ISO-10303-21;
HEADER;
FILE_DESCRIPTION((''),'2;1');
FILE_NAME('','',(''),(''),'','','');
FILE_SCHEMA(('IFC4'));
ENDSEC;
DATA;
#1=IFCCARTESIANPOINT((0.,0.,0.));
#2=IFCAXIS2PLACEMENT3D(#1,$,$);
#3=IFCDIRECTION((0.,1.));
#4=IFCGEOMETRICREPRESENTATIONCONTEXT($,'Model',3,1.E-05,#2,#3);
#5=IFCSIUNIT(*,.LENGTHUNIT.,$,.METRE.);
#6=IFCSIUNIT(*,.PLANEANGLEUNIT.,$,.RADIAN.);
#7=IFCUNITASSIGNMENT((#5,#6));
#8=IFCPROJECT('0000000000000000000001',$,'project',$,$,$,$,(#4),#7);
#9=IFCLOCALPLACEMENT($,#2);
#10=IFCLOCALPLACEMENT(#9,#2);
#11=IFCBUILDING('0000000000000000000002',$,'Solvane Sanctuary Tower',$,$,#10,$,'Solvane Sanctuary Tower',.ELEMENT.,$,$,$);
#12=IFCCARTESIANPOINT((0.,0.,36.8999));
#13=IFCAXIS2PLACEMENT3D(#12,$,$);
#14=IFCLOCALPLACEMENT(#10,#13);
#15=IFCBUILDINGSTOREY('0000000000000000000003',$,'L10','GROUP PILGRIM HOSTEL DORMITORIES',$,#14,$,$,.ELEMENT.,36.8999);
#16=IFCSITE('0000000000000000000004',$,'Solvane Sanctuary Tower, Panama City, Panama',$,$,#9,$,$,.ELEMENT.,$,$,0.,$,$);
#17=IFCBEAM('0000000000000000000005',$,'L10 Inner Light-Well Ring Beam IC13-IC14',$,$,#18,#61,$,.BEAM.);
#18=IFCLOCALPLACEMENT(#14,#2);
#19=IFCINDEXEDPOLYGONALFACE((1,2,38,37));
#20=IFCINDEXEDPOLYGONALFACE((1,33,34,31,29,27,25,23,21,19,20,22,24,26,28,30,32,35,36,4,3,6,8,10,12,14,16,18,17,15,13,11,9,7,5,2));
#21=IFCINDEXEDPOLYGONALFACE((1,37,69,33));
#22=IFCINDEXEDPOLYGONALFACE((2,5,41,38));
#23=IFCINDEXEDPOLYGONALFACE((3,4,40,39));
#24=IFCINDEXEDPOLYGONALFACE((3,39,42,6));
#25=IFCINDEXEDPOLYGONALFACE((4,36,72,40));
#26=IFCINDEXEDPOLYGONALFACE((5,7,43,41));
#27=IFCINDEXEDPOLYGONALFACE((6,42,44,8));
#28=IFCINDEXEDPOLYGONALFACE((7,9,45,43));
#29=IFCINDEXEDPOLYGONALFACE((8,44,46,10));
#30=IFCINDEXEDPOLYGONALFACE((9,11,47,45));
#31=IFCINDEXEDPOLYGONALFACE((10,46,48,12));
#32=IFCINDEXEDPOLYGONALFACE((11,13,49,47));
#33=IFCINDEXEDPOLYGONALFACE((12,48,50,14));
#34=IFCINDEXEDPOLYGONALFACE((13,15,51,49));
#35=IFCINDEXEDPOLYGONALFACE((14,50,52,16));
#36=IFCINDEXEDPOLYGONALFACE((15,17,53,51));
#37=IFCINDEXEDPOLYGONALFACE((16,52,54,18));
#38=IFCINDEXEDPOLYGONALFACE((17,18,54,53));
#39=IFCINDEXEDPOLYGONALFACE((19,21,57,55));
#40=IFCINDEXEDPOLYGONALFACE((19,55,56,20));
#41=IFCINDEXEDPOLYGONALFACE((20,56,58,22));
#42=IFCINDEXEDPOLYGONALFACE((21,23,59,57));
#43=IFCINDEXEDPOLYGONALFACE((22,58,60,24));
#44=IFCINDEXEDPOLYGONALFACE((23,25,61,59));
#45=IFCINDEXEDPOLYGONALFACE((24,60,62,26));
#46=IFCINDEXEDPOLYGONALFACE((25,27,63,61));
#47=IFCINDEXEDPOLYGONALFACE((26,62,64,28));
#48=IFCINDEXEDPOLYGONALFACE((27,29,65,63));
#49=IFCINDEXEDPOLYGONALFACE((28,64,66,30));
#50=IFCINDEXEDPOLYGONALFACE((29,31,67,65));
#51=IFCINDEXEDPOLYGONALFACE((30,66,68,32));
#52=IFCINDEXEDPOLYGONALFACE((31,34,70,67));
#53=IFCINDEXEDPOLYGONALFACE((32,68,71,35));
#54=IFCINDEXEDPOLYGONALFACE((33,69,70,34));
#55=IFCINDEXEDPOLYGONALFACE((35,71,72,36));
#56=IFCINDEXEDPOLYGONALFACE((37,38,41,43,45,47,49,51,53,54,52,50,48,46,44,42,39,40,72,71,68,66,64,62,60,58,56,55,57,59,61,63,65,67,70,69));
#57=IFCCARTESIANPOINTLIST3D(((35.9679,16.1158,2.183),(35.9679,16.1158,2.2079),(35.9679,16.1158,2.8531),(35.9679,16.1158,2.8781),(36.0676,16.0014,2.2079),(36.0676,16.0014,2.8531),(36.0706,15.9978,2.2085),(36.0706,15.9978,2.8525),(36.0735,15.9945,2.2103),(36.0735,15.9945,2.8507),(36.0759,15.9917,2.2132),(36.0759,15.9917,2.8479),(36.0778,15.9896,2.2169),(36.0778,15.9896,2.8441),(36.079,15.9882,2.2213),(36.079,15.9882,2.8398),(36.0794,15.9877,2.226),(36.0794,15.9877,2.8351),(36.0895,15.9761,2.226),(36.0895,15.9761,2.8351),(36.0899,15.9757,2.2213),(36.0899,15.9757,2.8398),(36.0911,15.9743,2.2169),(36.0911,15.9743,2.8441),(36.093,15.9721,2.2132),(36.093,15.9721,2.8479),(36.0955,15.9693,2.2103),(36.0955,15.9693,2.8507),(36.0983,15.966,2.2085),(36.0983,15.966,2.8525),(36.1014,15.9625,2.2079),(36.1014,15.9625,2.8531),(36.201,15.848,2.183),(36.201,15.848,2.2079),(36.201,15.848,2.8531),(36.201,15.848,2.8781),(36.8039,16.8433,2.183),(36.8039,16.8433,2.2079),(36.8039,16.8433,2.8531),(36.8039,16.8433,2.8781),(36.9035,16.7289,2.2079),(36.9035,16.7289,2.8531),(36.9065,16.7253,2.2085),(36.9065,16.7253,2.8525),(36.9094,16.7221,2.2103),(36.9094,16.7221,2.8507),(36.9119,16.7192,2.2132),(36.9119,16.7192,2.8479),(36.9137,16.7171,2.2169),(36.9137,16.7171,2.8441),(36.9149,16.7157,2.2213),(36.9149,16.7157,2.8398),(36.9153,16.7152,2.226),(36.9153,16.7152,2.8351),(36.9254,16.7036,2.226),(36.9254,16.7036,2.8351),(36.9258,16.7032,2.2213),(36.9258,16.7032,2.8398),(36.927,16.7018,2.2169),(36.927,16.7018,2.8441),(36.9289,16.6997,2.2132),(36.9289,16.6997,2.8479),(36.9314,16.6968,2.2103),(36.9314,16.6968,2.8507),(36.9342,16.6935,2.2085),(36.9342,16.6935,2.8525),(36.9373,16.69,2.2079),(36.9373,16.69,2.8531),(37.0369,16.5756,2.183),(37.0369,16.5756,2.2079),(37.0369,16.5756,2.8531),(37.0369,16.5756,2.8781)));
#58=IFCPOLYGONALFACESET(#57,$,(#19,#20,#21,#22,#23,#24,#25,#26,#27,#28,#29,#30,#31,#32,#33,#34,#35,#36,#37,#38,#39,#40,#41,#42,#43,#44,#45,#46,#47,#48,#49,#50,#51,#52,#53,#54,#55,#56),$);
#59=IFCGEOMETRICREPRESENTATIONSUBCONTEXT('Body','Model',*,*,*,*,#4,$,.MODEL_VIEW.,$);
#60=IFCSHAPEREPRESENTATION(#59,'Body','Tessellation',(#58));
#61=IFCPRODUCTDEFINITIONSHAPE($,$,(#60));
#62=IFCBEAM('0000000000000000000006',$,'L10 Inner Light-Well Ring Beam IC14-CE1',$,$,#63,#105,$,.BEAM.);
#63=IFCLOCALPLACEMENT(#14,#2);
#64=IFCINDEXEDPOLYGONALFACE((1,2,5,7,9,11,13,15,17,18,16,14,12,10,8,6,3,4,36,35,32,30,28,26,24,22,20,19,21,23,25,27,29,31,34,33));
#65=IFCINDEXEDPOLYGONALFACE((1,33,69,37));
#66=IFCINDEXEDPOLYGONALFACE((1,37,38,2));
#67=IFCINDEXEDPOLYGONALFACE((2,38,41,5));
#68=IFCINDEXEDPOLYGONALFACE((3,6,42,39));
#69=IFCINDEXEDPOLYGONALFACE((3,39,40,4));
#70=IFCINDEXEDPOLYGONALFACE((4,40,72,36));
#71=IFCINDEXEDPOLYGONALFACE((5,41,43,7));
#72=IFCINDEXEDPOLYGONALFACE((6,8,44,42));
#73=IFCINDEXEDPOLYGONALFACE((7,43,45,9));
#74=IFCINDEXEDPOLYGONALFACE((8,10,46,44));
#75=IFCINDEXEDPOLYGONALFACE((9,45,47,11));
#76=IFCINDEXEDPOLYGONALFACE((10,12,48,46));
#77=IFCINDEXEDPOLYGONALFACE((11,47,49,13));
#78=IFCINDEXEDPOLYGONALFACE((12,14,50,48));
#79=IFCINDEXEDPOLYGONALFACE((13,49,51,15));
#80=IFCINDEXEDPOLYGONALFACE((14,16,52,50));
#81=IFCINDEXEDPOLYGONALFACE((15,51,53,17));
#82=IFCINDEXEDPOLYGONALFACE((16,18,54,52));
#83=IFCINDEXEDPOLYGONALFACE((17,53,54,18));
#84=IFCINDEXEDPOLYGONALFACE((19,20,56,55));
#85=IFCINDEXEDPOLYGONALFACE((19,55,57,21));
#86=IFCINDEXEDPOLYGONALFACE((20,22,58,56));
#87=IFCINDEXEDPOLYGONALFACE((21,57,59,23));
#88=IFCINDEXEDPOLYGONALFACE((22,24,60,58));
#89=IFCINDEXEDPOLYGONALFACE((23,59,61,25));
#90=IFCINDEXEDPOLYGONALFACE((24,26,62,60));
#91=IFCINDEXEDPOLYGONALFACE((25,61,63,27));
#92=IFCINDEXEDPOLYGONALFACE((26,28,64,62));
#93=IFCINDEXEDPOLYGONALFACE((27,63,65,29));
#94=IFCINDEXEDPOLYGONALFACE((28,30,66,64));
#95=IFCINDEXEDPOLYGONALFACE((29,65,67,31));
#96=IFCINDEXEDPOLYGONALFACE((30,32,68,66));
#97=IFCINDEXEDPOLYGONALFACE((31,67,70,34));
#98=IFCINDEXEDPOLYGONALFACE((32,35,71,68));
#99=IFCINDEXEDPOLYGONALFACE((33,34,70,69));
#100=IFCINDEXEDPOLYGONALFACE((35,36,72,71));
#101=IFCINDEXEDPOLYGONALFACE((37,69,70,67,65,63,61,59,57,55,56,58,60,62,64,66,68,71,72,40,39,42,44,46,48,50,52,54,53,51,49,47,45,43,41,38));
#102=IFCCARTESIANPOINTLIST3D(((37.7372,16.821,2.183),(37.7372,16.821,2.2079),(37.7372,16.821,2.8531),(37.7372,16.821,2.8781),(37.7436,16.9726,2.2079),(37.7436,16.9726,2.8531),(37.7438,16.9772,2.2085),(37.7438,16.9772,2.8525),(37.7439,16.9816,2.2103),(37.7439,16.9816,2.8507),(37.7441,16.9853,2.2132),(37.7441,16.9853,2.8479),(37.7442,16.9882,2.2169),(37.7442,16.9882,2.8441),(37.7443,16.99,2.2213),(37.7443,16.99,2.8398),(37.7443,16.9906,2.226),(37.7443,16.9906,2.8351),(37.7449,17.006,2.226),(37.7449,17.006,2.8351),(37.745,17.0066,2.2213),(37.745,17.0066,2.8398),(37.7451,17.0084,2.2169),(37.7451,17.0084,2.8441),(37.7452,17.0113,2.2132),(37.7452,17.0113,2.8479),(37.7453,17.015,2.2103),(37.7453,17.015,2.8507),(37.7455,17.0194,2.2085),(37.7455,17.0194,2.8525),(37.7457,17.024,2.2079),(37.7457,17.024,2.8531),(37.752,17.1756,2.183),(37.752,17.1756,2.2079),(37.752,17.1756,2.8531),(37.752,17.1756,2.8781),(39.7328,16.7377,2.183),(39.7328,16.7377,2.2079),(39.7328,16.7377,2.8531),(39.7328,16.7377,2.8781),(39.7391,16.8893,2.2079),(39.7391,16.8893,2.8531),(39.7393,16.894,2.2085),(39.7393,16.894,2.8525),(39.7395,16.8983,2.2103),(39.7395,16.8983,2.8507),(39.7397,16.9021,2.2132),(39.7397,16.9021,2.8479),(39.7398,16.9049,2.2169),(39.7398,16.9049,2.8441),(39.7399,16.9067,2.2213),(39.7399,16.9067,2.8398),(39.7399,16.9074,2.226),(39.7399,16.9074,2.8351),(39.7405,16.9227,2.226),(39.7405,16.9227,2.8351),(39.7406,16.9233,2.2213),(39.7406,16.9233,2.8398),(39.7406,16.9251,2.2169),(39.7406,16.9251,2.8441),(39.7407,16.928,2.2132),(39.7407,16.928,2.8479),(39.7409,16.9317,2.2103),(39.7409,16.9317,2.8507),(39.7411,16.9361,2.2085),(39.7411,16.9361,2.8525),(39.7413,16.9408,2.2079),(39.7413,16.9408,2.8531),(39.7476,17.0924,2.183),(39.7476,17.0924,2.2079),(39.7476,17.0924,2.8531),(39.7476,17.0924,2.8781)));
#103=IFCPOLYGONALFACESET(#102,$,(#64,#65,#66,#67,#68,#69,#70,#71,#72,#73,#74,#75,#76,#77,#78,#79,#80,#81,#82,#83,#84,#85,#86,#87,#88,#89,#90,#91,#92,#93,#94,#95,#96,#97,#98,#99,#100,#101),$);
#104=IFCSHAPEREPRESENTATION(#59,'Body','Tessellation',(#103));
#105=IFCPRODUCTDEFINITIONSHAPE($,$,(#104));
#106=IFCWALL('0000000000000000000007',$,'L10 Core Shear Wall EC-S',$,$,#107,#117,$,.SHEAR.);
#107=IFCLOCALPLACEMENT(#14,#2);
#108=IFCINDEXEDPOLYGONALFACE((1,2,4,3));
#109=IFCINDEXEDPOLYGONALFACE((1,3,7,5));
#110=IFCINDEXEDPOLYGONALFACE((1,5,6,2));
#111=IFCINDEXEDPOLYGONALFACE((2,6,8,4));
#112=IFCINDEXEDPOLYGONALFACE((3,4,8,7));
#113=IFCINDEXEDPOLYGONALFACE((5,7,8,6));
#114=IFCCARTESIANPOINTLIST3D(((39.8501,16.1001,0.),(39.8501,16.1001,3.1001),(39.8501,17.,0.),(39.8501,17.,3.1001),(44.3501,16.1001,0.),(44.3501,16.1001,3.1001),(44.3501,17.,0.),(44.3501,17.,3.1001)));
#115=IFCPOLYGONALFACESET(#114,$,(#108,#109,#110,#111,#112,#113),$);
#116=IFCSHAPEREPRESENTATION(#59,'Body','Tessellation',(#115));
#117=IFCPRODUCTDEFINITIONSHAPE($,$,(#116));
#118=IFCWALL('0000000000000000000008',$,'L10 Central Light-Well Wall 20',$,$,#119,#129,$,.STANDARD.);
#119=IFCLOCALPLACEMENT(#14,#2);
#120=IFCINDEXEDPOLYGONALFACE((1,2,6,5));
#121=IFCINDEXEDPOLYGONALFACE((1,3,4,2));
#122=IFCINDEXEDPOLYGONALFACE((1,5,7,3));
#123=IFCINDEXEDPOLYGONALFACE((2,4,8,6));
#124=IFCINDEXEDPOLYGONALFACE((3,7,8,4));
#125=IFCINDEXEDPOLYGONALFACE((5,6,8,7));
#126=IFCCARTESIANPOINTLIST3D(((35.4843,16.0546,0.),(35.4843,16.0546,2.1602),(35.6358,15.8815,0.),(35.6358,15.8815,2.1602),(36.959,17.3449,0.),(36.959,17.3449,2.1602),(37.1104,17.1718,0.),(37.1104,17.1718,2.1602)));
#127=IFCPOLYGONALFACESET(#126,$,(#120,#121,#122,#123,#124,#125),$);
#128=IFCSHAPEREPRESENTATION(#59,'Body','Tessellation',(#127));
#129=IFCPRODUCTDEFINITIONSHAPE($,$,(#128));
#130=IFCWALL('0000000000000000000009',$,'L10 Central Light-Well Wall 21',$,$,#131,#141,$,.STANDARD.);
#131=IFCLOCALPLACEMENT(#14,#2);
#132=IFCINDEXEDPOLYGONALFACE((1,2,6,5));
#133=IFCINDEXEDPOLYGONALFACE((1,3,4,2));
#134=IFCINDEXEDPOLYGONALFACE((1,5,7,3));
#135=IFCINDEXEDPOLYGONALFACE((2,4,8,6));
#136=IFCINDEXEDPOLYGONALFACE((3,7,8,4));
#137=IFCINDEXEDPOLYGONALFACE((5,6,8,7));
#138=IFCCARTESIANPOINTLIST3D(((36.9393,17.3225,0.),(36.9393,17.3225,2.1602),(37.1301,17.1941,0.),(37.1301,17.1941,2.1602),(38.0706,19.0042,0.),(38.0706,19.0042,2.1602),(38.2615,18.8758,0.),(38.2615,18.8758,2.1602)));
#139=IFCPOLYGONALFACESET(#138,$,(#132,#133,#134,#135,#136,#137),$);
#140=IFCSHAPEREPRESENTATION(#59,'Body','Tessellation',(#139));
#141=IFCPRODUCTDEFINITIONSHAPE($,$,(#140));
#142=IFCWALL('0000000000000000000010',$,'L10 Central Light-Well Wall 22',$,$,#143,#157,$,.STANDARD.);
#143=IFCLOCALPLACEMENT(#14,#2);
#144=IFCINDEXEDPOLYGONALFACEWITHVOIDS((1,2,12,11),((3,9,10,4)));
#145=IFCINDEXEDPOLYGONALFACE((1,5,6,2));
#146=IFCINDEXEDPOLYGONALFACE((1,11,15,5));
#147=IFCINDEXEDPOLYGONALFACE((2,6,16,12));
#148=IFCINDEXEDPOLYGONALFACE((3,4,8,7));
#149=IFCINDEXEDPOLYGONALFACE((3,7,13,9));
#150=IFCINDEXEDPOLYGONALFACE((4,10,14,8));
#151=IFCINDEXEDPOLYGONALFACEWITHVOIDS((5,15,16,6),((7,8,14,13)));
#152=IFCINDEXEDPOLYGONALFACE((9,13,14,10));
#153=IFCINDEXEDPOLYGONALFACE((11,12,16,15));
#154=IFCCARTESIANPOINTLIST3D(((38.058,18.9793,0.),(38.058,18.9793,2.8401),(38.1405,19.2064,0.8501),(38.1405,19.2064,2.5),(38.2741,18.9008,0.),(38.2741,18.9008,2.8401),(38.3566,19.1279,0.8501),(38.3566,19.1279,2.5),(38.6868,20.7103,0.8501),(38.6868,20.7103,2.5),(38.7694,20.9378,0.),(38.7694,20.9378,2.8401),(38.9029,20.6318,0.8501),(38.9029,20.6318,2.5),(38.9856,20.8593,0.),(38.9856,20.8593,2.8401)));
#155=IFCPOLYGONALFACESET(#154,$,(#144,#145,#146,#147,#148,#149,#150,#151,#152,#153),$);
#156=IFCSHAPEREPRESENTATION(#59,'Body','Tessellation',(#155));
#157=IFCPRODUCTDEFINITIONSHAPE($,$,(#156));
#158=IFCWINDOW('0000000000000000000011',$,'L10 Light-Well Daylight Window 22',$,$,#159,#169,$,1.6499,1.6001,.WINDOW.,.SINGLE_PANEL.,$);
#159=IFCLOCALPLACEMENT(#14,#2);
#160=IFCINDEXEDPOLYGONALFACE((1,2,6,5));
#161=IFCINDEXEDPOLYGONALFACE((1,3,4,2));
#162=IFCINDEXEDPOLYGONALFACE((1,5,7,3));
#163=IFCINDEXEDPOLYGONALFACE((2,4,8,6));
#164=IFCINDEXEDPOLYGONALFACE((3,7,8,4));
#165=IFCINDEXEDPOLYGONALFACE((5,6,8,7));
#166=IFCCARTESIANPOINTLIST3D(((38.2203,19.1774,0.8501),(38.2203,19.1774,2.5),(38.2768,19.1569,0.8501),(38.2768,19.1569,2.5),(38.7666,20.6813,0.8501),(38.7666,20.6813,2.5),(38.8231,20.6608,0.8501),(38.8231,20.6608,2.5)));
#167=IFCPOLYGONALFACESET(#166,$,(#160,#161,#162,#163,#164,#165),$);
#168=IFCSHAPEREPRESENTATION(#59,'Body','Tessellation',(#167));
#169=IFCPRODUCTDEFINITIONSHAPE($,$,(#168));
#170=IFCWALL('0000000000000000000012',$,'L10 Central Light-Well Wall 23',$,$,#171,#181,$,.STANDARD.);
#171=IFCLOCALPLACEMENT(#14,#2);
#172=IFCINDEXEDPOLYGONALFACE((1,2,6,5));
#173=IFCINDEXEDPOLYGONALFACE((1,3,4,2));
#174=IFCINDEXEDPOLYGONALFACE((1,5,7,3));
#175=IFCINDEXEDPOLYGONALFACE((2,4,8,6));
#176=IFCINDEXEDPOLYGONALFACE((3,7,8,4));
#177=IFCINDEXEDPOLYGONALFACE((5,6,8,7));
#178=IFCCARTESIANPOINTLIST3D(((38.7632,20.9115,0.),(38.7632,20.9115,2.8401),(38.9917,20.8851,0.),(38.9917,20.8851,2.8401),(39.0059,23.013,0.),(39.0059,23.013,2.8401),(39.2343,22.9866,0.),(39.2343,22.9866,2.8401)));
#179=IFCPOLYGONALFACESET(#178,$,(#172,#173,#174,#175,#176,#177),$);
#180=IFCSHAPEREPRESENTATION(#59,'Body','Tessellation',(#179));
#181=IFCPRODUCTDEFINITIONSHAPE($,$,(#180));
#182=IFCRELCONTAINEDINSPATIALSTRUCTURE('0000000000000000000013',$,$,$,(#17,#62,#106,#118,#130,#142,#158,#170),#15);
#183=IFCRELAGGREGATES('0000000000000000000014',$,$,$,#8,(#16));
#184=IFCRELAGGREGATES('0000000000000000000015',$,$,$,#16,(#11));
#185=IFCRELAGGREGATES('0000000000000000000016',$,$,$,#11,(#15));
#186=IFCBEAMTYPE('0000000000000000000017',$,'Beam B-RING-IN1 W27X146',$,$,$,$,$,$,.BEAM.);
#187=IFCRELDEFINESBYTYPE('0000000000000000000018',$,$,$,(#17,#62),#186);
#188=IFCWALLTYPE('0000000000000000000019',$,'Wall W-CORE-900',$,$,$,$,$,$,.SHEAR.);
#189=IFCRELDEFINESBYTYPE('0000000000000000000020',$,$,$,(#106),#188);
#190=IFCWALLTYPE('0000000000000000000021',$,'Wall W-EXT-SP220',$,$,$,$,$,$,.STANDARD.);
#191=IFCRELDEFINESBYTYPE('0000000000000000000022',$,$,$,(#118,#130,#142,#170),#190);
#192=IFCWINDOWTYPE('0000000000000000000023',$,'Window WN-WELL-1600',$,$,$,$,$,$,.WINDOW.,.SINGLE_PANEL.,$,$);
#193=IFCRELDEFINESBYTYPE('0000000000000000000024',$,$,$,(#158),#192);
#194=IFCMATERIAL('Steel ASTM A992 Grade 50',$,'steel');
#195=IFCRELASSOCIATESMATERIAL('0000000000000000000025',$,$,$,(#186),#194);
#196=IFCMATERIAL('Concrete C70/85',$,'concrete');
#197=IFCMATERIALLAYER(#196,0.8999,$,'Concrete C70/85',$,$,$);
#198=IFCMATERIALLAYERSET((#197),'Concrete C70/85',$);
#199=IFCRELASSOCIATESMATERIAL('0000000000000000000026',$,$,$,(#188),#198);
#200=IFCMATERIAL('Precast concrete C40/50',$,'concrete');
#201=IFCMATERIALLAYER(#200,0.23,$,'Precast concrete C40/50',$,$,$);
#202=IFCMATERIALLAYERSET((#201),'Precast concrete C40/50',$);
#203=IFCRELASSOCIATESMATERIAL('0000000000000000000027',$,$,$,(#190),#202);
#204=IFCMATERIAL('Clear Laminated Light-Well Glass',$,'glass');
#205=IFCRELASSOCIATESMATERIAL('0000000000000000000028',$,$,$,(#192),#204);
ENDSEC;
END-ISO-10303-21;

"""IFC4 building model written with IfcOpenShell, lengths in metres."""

from ifc_helpers import new_model, si_unit, direction, frame, frame_2d, origin, origin_2d, place, context, subcontext, project, spatial, rectangle, i_section, extrude, material, layer, layer_set, material_profile, profile_set, type_object, element, fill, save


model = new_model("IFC4")

# Units and contexts
model_context = context("Model", 3, precision=1e-05, world=origin(), true_north=direction((0.0, 1.0)))
body_context = subcontext(model_context, "Body", "Model", "MODEL_VIEW")
ifc_project = project(units=[si_unit("LENGTHUNIT", "METRE"), si_unit("PLANEANGLEUNIT", "RADIAN")], contexts=[model_context])

# Site, building, storey
site_placement = place(None, origin())
site = spatial("IfcSite", under=ifc_project, at=site_placement, Name="Solvane Sanctuary Tower, Panama City, Panama", CompositionType="ELEMENT", RefElevation=0.0)
building_placement = place(site_placement, origin())
building = spatial("IfcBuilding", under=site, at=building_placement, Name="Solvane Sanctuary Tower", LongName="Solvane Sanctuary Tower", CompositionType="ELEMENT")
storey_placement = place(building_placement, frame((0.0, 0.0, 36.8999)))
storey = spatial("IfcBuildingStorey", under=building, at=storey_placement, Name="L10", Description="GROUP PILGRIM HOSTEL DORMITORIES", CompositionType="ELEMENT", Elevation=36.8999)

# Shared definitions
ifc_material_1 = material(Name="Concrete C70/85", Category="concrete")

# Beams
ifc_material_2 = material(Name="Steel ASTM A992 Grade 50", Category="steel")
ifc_material_profile_1 = material_profile(ifc_material_2, i_section(OverallWidth=0.355, OverallDepth=0.6951, WebThickness=0.0154, FlangeThickness=0.0249, FilletRadius=0.0181, at=origin_2d()), Name="W27X146")
ifc_profile_set_1 = profile_set([ifc_material_profile_1], Name="Steel ASTM A992 Grade 50")
beam_type_1 = type_object("IfcBeamType", Name="Beam B-RING-IN1 W27X146", PredefinedType="BEAM", material=ifc_profile_set_1)
beam_1_placement = place(storey_placement, frame((36.0845, 15.9819, 2.5305), z_axis=(0.754321, 0.656506, 0.0), x_axis=(-0.656506, 0.754321, 0.0)))
element("IfcBeam", 1, at=beam_1_placement, inside=storey, type_object=beam_type_1, Name="L10 Inner Light-Well Ring Beam IC13-IC14", PredefinedType="BEAM", context=body_context, shape_type="SweptSolid", body=[
    extrude(i_section(OverallWidth=0.355, OverallDepth=0.6951, WebThickness=0.0154, FlangeThickness=0.0249, FilletRadius=0.0181, at=origin_2d()), origin(), (0.0, 0.0, 1.0), 1.1082),
])
beam_2_placement = place(storey_placement, frame((37.7446, 16.9983, 2.5305), z_axis=(0.999131, -0.041681, 0.0), x_axis=(0.041681, 0.999131, 0.0)))
element("IfcBeam", 2, at=beam_2_placement, inside=storey, type_object=beam_type_1, Name="L10 Inner Light-Well Ring Beam IC14-CE1", PredefinedType="BEAM", context=body_context, shape_type="SweptSolid", body=[
    extrude(i_section(OverallWidth=0.355, OverallDepth=0.6951, WebThickness=0.0154, FlangeThickness=0.0249, FilletRadius=0.0181, at=origin_2d()), origin(), (0.0, 0.0, 1.0), 1.9973),
])

# Walls
ifc_layer_1 = layer(ifc_material_1, 0.8999, Name="Concrete C70/85")
ifc_layer_set_1 = layer_set([ifc_layer_1], Name="Concrete C70/85")
wall_type_1 = type_object("IfcWallType", Name="Wall W-CORE-900", PredefinedType="SHEAR", material=ifc_layer_set_1)
wall_1_placement = place(storey_placement, frame((39.8501, 16.55, 0.0), z_axis=(0.0, 0.0, 1.0), x_axis=(1.0, 0.0, 0.0)))
element("IfcWall", 3, at=wall_1_placement, inside=storey, type_object=wall_type_1, Name="L10 Core Shear Wall EC-S", PredefinedType="SHEAR", context=body_context, shape_type="SweptSolid", body=[
    extrude(rectangle(XDim=4.5, YDim=0.8999, at=frame_2d((2.25, 0.0))), origin(), (0.0, 0.0, 1.0), 3.1001),
])
ifc_material_3 = material(Name="Precast concrete C40/50", Category="concrete")
ifc_layer_2 = layer(ifc_material_3, 0.23, Name="Precast concrete C40/50")
ifc_layer_set_2 = layer_set([ifc_layer_2], Name="Precast concrete C40/50")
wall_type_2 = type_object("IfcWallType", Name="Wall W-EXT-SP220", PredefinedType="STANDARD", material=ifc_layer_set_2)
wall_2_placement = place(storey_placement, frame((35.5601, 15.968, 0.0), z_axis=(0.0, 0.0, 1.0), x_axis=(0.752577, 0.658505, 0.0)))
element("IfcWall", 4, at=wall_2_placement, inside=storey, type_object=wall_type_2, Name="L10 Central Light-Well Wall 20", PredefinedType="STANDARD", context=body_context, shape_type="SweptSolid", body=[
    extrude(rectangle(XDim=1.9595, YDim=0.23, at=frame_2d((0.9797, 0.0))), origin(), (0.0, 0.0, 1.0), 2.1602),
])
wall_3_placement = place(storey_placement, frame((37.0347, 17.2583, 0.0), z_axis=(0.0, 0.0, 1.0), x_axis=(0.558198, 0.829708, 0.0)))
element("IfcWall", 5, at=wall_3_placement, inside=storey, type_object=wall_type_2, Name="L10 Central Light-Well Wall 21", PredefinedType="STANDARD", context=body_context, shape_type="SweptSolid", body=[
    extrude(rectangle(XDim=2.0269, YDim=0.23, at=frame_2d((1.0134, 0.0))), origin(), (0.0, 0.0, 1.0), 2.1602),
])

# Wall, opening, window
wall_4_placement = place(storey_placement, frame((38.166, 18.9399, 0.0), z_axis=(0.0, 0.0, 1.0), x_axis=(0.341423, 0.93991, 0.0)))
wall_4 = element("IfcWall", 6, at=wall_4_placement, inside=storey, type_object=wall_type_2, Name="L10 Central Light-Well Wall 22", PredefinedType="STANDARD", context=body_context, shape_type="SweptSolid", body=[
    extrude(rectangle(XDim=2.0837, YDim=0.23, at=frame_2d((1.042, 0.0))), origin(), (0.0, 0.0, 1.0), 2.8401),
])
opening_1_placement = place(wall_4_placement, frame((0.2417, 0.0, 0.8501)))
opening_1 = element("IfcOpeningElement", 7, at=opening_1_placement, cuts=wall_4, PredefinedType="OPENING", context=body_context, shape_type="SweptSolid", body=[
    extrude(rectangle(XDim=1.6001, YDim=1.6499, at=frame_2d((0.8, 0.825))), frame((0.0, 0.125, 0.0), z_axis=(0.0, -1.0, 0.0), x_axis=(1.0, 0.0, 0.0)), (0.0, 0.0, 1.0), 0.25),
])
ifc_material_4 = material(Name="Clear Laminated Light-Well Glass", Category="glass")
window_type = type_object("IfcWindowType", Name="Window WN-WELL-1600", PartitioningType="SINGLE_PANEL", PredefinedType="WINDOW", material=ifc_material_4)
window_placement = place(opening_1_placement, origin())
window = element("IfcWindow", 8, at=window_placement, inside=storey, type_object=window_type, Name="L10 Light-Well Daylight Window 22", OverallHeight=1.6499, OverallWidth=1.6001, PartitioningType="SINGLE_PANEL", PredefinedType="WINDOW", context=body_context, shape_type="SweptSolid", body=[
    extrude(rectangle(XDim=1.6001, YDim=1.6499, at=frame_2d((0.8, 0.825))), frame((0.0, 0.03, 0.0), z_axis=(0.0, -1.0, 0.0), x_axis=(1.0, 0.0, 0.0)), (0.0, 0.0, 1.0), 0.0601),
])
fill(opening_1, window)

# Wall
wall_5_placement = place(storey_placement, frame((38.8774, 20.8984, 0.0), z_axis=(0.0, 0.0, 1.0), x_axis=(0.114712, 0.993399, 0.0)))
element("IfcWall", 9, at=wall_5_placement, inside=storey, type_object=wall_type_2, Name="L10 Central Light-Well Wall 23", PredefinedType="STANDARD", context=body_context, shape_type="SweptSolid", body=[
    extrude(rectangle(XDim=2.1155, YDim=0.23, at=frame_2d((1.0576, 0.0))), origin(), (0.0, 0.0, 1.0), 2.8401),
])

save(model, "model.ifc")
